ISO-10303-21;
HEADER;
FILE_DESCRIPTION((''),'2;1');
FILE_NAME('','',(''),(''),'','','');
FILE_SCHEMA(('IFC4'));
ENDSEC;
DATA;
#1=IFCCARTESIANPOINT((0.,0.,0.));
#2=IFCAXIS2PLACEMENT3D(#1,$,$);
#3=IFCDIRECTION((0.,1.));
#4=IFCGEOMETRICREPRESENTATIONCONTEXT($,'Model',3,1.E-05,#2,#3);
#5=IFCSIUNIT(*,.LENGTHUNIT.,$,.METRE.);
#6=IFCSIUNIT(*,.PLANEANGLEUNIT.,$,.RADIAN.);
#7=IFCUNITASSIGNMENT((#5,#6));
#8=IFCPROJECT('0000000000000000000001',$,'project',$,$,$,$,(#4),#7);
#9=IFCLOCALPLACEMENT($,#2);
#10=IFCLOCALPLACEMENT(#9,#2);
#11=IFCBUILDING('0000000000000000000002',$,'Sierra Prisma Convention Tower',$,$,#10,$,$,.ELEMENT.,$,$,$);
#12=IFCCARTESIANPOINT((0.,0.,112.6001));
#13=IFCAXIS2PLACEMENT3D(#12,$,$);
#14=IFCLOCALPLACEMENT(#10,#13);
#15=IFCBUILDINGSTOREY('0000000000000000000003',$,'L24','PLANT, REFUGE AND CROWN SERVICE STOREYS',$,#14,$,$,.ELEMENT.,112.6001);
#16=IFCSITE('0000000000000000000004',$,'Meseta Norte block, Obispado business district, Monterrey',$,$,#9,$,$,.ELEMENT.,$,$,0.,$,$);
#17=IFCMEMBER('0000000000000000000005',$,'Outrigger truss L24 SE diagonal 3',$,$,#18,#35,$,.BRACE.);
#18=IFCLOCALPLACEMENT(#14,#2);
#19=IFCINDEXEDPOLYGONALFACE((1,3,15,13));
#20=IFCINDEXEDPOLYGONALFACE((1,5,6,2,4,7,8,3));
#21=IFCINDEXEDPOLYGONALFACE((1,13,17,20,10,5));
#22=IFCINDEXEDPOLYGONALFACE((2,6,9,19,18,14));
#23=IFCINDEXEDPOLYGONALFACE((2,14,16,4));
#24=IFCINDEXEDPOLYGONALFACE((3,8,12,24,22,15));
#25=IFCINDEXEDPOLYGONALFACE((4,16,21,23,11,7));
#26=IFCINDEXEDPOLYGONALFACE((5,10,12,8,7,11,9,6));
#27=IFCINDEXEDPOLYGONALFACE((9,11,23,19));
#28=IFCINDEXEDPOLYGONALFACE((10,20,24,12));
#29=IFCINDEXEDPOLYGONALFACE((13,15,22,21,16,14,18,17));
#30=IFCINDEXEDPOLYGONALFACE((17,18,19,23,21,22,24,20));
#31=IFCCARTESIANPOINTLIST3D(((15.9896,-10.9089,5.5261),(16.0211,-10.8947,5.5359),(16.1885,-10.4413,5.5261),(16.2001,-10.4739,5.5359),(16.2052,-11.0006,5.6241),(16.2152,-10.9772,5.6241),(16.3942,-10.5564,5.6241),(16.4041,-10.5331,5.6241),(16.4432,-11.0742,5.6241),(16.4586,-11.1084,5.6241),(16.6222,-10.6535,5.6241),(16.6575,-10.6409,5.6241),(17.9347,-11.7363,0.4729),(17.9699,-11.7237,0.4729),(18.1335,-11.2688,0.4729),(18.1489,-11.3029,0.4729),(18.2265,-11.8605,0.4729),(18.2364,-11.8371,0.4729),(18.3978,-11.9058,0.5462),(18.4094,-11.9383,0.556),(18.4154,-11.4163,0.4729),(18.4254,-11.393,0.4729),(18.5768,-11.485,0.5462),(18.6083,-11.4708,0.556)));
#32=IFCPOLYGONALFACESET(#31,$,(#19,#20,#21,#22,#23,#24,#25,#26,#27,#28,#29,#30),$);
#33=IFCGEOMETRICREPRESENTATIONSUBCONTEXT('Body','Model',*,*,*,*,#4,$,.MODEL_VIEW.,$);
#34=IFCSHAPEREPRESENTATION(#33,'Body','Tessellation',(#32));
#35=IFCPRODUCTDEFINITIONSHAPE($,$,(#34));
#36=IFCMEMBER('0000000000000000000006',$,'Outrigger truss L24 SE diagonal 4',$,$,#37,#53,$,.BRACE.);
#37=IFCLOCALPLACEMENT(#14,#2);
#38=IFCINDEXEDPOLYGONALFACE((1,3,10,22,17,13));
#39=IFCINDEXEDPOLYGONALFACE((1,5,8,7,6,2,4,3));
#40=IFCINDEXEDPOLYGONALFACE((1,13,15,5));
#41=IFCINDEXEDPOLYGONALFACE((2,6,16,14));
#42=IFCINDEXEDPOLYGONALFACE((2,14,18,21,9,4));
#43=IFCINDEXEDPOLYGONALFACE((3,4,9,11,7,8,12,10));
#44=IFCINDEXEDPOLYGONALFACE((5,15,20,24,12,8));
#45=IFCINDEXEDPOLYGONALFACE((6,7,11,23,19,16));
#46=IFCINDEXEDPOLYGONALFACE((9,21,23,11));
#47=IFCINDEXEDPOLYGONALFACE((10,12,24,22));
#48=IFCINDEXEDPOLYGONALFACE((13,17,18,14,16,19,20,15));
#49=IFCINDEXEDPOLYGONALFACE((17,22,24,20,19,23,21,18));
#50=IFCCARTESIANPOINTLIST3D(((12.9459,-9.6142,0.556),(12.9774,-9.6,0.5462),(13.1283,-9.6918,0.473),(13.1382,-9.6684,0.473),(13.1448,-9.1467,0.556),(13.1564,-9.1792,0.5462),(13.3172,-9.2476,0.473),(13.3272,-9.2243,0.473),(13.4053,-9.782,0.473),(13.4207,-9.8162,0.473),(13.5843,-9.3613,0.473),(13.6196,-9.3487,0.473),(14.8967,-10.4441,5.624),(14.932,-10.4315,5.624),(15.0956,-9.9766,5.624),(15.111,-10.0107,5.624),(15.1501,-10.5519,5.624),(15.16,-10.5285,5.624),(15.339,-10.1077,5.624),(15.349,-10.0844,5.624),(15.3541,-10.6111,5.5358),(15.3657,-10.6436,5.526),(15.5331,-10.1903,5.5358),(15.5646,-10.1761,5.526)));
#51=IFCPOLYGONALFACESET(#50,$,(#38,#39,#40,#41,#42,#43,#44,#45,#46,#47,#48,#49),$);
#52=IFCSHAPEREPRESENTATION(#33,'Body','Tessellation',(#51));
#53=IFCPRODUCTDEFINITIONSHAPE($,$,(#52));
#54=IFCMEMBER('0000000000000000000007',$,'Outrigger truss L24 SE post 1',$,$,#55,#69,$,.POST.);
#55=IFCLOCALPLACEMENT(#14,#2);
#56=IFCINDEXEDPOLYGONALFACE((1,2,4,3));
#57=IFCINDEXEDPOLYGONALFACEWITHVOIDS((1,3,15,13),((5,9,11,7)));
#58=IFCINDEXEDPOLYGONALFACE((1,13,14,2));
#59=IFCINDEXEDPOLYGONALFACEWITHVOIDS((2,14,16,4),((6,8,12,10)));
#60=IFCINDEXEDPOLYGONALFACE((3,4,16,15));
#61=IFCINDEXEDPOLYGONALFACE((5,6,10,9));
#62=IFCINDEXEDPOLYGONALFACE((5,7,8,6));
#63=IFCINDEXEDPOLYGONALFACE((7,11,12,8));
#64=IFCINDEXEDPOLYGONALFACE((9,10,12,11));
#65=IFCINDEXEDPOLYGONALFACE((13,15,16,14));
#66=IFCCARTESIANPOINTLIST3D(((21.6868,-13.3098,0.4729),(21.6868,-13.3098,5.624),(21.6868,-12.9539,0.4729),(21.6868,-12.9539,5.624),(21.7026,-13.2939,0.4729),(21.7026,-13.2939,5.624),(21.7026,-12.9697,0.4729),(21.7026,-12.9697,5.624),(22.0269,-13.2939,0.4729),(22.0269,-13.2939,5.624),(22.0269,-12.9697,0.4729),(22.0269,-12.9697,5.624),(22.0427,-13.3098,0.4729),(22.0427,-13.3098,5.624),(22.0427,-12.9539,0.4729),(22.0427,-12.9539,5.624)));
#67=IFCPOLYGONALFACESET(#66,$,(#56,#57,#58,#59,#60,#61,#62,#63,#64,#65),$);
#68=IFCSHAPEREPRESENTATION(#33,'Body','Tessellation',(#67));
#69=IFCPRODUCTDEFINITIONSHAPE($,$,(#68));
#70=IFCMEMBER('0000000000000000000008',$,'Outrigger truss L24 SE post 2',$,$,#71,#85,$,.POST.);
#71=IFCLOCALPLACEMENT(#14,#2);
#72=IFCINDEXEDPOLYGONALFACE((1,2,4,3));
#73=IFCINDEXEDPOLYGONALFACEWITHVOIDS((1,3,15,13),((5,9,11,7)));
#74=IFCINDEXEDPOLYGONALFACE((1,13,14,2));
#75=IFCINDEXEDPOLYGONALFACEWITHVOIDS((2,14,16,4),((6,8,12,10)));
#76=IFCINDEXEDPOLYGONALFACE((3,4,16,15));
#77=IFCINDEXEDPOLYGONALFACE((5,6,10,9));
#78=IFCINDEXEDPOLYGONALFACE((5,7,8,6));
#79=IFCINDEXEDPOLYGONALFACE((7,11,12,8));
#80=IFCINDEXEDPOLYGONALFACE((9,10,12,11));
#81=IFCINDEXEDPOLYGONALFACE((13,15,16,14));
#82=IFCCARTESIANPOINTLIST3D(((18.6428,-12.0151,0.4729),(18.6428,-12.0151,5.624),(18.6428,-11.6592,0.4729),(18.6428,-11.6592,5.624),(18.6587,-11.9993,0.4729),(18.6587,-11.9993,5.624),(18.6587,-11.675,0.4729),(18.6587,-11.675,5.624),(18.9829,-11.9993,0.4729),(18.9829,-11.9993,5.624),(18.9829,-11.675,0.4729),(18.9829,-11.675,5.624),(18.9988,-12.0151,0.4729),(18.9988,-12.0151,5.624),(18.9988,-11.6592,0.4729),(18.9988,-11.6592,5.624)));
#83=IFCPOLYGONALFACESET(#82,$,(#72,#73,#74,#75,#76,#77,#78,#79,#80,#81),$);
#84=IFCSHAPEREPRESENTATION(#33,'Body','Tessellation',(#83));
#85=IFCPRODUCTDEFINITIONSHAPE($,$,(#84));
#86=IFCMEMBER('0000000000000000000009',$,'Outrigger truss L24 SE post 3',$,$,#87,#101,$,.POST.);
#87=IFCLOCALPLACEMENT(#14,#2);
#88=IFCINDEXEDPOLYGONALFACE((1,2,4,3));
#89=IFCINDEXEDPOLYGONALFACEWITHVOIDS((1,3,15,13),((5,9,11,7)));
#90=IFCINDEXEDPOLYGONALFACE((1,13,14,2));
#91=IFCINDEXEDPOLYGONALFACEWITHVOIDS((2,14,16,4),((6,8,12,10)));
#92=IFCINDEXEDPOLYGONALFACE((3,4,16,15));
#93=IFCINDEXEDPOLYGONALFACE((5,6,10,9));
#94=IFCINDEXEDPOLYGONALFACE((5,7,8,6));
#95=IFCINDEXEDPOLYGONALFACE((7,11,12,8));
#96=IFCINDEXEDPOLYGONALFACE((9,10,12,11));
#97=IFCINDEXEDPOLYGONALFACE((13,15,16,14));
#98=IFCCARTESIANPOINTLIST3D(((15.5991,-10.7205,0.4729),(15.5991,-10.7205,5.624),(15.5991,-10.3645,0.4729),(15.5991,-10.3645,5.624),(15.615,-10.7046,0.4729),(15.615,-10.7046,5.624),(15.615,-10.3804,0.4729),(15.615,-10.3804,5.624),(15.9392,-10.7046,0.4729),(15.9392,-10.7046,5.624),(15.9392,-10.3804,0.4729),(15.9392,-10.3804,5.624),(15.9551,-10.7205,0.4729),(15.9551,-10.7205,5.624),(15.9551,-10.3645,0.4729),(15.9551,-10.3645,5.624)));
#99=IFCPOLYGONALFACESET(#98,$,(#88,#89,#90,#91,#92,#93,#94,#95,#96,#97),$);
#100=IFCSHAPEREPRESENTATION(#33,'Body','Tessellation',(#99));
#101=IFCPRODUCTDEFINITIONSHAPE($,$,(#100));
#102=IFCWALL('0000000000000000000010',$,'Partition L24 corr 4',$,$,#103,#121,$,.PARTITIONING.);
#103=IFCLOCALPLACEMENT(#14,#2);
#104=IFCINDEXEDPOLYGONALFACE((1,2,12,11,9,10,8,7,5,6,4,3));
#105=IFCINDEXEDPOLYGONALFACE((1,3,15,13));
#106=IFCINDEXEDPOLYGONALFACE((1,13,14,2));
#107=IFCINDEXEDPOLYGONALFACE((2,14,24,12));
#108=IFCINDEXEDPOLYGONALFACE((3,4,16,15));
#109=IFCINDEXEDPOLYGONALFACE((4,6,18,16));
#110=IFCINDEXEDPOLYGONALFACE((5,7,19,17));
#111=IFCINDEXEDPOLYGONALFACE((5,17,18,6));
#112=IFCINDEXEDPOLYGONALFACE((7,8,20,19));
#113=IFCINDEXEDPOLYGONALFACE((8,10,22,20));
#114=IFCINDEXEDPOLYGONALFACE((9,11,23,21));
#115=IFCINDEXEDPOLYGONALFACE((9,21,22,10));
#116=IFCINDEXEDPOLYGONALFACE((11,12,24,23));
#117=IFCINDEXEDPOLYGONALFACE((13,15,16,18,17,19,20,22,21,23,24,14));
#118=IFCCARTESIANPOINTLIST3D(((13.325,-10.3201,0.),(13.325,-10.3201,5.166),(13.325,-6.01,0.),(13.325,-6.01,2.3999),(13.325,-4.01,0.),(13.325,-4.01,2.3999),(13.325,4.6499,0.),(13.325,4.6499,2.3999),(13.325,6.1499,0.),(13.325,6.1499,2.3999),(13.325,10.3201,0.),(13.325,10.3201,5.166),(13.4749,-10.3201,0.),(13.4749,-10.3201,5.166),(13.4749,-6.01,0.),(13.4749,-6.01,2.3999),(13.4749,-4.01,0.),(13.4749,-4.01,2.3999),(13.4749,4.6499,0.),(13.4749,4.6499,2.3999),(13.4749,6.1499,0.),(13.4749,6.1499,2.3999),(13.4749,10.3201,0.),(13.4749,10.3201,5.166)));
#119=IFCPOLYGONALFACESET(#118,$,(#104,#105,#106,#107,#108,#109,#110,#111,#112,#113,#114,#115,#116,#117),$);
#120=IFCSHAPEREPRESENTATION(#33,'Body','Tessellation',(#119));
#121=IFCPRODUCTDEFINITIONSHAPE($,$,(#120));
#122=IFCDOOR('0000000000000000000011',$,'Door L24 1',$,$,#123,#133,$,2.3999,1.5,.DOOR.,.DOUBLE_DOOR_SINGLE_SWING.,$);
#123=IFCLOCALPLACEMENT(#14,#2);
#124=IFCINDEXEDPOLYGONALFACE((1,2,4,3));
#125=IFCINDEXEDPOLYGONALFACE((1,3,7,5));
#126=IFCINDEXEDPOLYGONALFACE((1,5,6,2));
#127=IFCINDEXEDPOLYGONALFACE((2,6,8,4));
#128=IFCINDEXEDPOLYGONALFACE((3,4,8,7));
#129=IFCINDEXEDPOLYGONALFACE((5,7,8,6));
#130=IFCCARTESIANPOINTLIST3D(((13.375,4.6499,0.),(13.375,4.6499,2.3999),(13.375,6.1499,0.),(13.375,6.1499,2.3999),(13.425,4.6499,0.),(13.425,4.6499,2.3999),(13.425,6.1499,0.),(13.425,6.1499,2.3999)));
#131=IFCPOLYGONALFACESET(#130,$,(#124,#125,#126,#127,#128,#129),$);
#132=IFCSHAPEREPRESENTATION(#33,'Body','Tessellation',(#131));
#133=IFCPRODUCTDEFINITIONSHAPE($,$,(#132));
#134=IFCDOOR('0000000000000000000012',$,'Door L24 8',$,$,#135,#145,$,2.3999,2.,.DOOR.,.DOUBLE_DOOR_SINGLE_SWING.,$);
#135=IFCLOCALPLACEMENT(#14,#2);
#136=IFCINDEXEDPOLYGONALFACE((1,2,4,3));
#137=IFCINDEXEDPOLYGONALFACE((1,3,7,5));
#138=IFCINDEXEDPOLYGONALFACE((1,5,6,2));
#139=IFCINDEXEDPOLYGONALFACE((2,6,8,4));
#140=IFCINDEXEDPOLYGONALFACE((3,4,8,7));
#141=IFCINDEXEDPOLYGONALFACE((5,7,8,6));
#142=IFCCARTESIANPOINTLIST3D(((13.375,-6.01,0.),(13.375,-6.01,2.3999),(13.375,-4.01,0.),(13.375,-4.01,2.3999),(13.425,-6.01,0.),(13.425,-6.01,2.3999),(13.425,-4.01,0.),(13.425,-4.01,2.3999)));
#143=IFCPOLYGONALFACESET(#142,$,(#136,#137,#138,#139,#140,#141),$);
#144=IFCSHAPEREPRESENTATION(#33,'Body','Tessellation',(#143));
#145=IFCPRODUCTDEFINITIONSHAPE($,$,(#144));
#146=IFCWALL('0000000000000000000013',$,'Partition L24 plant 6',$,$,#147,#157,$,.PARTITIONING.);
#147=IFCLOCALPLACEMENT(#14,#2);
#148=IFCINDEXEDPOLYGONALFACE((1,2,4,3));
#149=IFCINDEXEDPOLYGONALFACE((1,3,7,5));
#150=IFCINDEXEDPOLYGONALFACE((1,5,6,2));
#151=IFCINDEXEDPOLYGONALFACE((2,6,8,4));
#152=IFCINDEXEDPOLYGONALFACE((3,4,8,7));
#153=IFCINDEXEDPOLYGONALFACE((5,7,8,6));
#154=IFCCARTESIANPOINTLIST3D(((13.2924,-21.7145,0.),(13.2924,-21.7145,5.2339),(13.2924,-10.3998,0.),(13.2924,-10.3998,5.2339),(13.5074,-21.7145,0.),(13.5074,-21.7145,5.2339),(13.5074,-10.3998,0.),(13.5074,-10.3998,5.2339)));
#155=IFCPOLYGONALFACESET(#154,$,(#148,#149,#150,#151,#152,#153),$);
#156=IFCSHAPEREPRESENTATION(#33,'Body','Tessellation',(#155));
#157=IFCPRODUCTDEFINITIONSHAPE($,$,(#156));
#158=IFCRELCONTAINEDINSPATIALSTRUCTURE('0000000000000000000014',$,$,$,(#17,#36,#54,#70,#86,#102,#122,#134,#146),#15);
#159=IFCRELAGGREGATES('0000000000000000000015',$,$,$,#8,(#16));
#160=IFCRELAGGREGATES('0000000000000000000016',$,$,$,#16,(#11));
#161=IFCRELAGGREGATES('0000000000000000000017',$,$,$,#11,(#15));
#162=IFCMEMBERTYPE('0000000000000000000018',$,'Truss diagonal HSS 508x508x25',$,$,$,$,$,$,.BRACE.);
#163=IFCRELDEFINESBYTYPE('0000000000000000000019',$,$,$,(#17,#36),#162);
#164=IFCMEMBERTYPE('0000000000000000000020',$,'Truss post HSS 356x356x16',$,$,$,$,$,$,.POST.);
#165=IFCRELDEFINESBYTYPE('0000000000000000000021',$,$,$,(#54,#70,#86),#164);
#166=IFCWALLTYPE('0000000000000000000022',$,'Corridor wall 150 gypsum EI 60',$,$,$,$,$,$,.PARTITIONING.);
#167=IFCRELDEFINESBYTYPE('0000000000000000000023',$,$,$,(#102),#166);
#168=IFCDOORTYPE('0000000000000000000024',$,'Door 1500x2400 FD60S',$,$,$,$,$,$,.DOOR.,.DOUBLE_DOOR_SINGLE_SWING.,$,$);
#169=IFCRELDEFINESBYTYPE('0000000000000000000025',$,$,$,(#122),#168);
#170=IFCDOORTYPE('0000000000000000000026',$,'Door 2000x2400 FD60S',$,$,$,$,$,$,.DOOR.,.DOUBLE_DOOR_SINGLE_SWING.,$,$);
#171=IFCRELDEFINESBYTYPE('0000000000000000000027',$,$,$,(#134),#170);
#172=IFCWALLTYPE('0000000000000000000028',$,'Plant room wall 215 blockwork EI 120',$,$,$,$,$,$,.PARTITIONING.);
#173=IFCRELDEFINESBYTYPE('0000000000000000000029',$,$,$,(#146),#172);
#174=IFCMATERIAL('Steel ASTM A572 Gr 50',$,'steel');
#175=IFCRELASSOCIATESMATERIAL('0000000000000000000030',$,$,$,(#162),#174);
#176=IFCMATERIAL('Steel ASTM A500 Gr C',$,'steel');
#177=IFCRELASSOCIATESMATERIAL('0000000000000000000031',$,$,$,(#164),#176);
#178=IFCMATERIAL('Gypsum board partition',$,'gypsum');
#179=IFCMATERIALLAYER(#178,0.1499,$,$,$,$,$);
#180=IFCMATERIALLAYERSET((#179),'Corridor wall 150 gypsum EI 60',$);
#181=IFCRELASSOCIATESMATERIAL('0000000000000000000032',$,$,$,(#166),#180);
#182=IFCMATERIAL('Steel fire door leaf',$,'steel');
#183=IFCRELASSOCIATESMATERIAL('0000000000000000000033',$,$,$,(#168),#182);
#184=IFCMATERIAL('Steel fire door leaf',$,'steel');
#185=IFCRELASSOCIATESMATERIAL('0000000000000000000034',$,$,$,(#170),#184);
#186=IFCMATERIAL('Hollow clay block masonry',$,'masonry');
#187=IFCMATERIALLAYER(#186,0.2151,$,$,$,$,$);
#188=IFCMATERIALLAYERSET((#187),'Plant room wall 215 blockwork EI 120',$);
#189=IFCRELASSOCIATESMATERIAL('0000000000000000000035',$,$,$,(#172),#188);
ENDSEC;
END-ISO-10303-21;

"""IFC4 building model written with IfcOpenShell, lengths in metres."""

from ifc_helpers import new_model, si_unit, direction, frame, frame_2d, origin, origin_2d, place, context, subcontext, project, spatial, rectangle, hollow_rectangle, extrude, clip, halfspace, material, layer, layer_set, material_profile, profile_set, type_object, element, fill, save


model = new_model("IFC4")

# Units and contexts
model_context = context("Model", 3, precision=1e-05, world=origin(), true_north=direction((0.0, 1.0)))
body_context = subcontext(model_context, "Body", "Model", "MODEL_VIEW")
ifc_project = project(units=[si_unit("LENGTHUNIT", "METRE"), si_unit("PLANEANGLEUNIT", "RADIAN")], contexts=[model_context])

# Site, building, storey
site_placement = place(None, origin())
site = spatial("IfcSite", under=ifc_project, at=site_placement, Name="Meseta Norte block, Obispado business district, Monterrey", CompositionType="ELEMENT", RefElevation=0.0)
building_placement = place(site_placement, origin())
building = spatial("IfcBuilding", under=site, at=building_placement, Name="Sierra Prisma Convention Tower", CompositionType="ELEMENT")
storey_placement = place(building_placement, frame((0.0, 0.0, 112.6001)))
storey = spatial("IfcBuildingStorey", under=building, at=storey_placement, Name="L24", Description="PLANT, REFUGE AND CROWN SERVICE STOREYS", CompositionType="ELEMENT", Elevation=112.6001)

# Members
ifc_material_1 = material(Name="Steel ASTM A572 Gr 50", Category="steel")
ifc_material_profile_1 = material_profile(ifc_material_1, hollow_rectangle(XDim=0.5081, YDim=0.5081, WallThickness=0.0254, at=origin_2d()), Name="Truss diagonal HSS 508x508x25")
ifc_profile_set_1 = profile_set([ifc_material_profile_1], Name="Steel ASTM A572 Gr 50")
member_type_1 = type_object("IfcMemberType", Name="Truss diagonal HSS 508x508x25", PredefinedType="BRACE", material=ifc_profile_set_1)
member_1_placement = place(storey_placement, frame((18.2932, -11.6128, 0.458), z_axis=(-0.355108, 0.151068, 0.922538), x_axis=(-0.391464, -0.920194, 0.0)))
element("IfcMember", 1, at=member_1_placement, inside=storey, type_object=member_type_1, Name="Outrigger truss L24 SE diagonal 3", PredefinedType="BRACE", context=body_context, shape_type="SweptSolid", body=[
    clip(clip(extrude(hollow_rectangle(XDim=0.5081, YDim=0.5081, WallThickness=0.0254, at=origin_2d()), origin(), (0.0, 0.0, 1.0), 5.5999), halfspace(frame((0.0, 0.0059, 0.0137), z_axis=(0.0, 0.385905, 0.922538), x_axis=(1.0, 0.0, 0.0)), True)), halfspace(frame((0.0, 0.0, 5.5999), z_axis=(0.0, -0.385905, -0.922538), x_axis=(1.0, 0.0, 0.0)), True)),
])
member_2_placement = place(storey_placement, frame((15.2495, -10.3181, 5.624), z_axis=(-0.355108, 0.151068, -0.922538), x_axis=(-0.391464, -0.920194, 0.0)))
element("IfcMember", 2, at=member_2_placement, inside=storey, type_object=member_type_1, Name="Outrigger truss L24 SE diagonal 4", PredefinedType="BRACE", context=body_context, shape_type="SweptSolid", body=[
    clip(clip(extrude(hollow_rectangle(XDim=0.5081, YDim=0.5081, WallThickness=0.0254, at=origin_2d()), origin(), (0.0, 0.0, 1.0), 5.5999), halfspace(frame((0.0, 0.0, 0.0), z_axis=(0.0, -0.385905, 0.922538), x_axis=(1.0, 0.0, 0.0)), True)), halfspace(frame((0.0, 0.0059, 5.5859), z_axis=(0.0, 0.385905, -0.922538), x_axis=(1.0, 0.0, 0.0)), True)),
])
ifc_material_2 = material(Name="Steel ASTM A500 Gr C", Category="steel")
ifc_material_profile_2 = material_profile(ifc_material_2, hollow_rectangle(XDim=0.356, YDim=0.356, WallThickness=0.0159, at=origin_2d()), Name="Truss post HSS 356x356x16")
ifc_profile_set_2 = profile_set([ifc_material_profile_2], Name="Steel ASTM A500 Gr C")
member_type_2 = type_object("IfcMemberType", Name="Truss post HSS 356x356x16", PredefinedType="POST", material=ifc_profile_set_2)
for number, where, z_axis, x_axis, name in (
    (3, (21.8647, -13.1318, 0.4729), (0.0, 0.0, 1.0), (1.0, 0.0, 0.0), "Outrigger truss L24 SE post 1"),
    (4, (18.8208, -11.8372, 0.4729), (0.0, 0.0, 1.0), (1.0, 0.0, 0.0), "Outrigger truss L24 SE post 2"),
    (5, (15.7771, -10.5425, 0.4729), (0.0, 0.0, 1.0), (1.0, 0.0, 0.0), "Outrigger truss L24 SE post 3"),
):
    element("IfcMember", number, at=place(storey_placement, frame(where, z_axis=z_axis, x_axis=x_axis)), inside=storey, type_object=member_type_2, Name=name, PredefinedType="POST", context=body_context, shape_type="SweptSolid", body=[
        extrude(hollow_rectangle(XDim=0.356, YDim=0.356, WallThickness=0.0159, at=origin_2d()), origin(), (0.0, 0.0, 1.0), 5.1511),
    ])

# Wall, openings, doors
ifc_material_3 = material(Name="Gypsum board partition", Category="gypsum")
ifc_layer_1 = layer(ifc_material_3, 0.1499)
ifc_layer_set_1 = layer_set([ifc_layer_1], Name="Corridor wall 150 gypsum EI 60")
wall_type_1 = type_object("IfcWallType", Name="Corridor wall 150 gypsum EI 60", PredefinedType="PARTITIONING", material=ifc_layer_set_1)
wall_1_placement = place(storey_placement, frame((13.3999, -10.3201, 0.0), z_axis=(0.0, 0.0, 1.0), x_axis=(0.0, 1.0, 0.0)))
wall_1 = element("IfcWall", 6, at=wall_1_placement, inside=storey, type_object=wall_type_1, Name="Partition L24 corr 4", PredefinedType="PARTITIONING", context=body_context, shape_type="SweptSolid", body=[
    extrude(rectangle(XDim=20.6401, YDim=0.1499, at=frame_2d((10.3201, 0.0))), origin(), (0.0, 0.0, 1.0), 5.166),
])
opening_1_placement = place(wall_1_placement, frame((14.97, 0.0, 0.0)))
opening_1 = element("IfcOpeningElement", 7, at=opening_1_placement, cuts=wall_1, PredefinedType="OPENING", context=body_context, shape_type="SweptSolid", body=[
    extrude(rectangle(XDim=1.5, YDim=2.3999, at=frame_2d((0.75, 1.2))), frame((0.0, 0.075, 0.0), z_axis=(0.0, -1.0, 0.0), x_axis=(1.0, 0.0, 0.0)), (0.0, 0.0, 1.0), 0.1499),
])
opening_2_placement = place(wall_1_placement, frame((4.3101, 0.0, 0.0)))
opening_2 = element("IfcOpeningElement", 8, at=opening_2_placement, cuts=wall_1, PredefinedType="OPENING", context=body_context, shape_type="SweptSolid", body=[
    extrude(rectangle(XDim=2.0, YDim=2.3999, at=frame_2d((1.0, 1.2))), frame((0.0, 0.075, 0.0), z_axis=(0.0, -1.0, 0.0), x_axis=(1.0, 0.0, 0.0)), (0.0, 0.0, 1.0), 0.1499),
])
ifc_material_4 = material(Name="Steel fire door leaf", Category="steel")
door_type_1 = type_object("IfcDoorType", Name="Door 1500x2400 FD60S", OperationType="DOUBLE_DOOR_SINGLE_SWING", PredefinedType="DOOR", material=ifc_material_4)
door_1_placement = place(opening_1_placement, origin())
door_1 = element("IfcDoor", 9, at=door_1_placement, inside=storey, type_object=door_type_1, Name="Door L24 1", OperationType="DOUBLE_DOOR_SINGLE_SWING", OverallHeight=2.3999, OverallWidth=1.5, PredefinedType="DOOR", context=body_context, shape_type="SweptSolid", body=[
    extrude(rectangle(XDim=1.5, YDim=2.3999, at=frame_2d((0.75, 1.2))), frame((0.0, 0.0249, 0.0), z_axis=(0.0, -1.0, 0.0), x_axis=(1.0, 0.0, 0.0)), (0.0, 0.0, 1.0), 0.05),
])
fill(opening_1, door_1)
ifc_material_5 = material(Name="Steel fire door leaf", Category="steel")
door_type_2 = type_object("IfcDoorType", Name="Door 2000x2400 FD60S", OperationType="DOUBLE_DOOR_SINGLE_SWING", PredefinedType="DOOR", material=ifc_material_5)
door_2_placement = place(opening_2_placement, origin())
door_2 = element("IfcDoor", 10, at=door_2_placement, inside=storey, type_object=door_type_2, Name="Door L24 8", OperationType="DOUBLE_DOOR_SINGLE_SWING", OverallHeight=2.3999, OverallWidth=2.0, PredefinedType="DOOR", context=body_context, shape_type="SweptSolid", body=[
    extrude(rectangle(XDim=2.0, YDim=2.3999, at=frame_2d((1.0, 1.2))), frame((0.0, 0.0249, 0.0), z_axis=(0.0, -1.0, 0.0), x_axis=(1.0, 0.0, 0.0)), (0.0, 0.0, 1.0), 0.05),
])
fill(opening_2, door_2)

# Wall
ifc_material_6 = material(Name="Hollow clay block masonry", Category="masonry")
ifc_layer_2 = layer(ifc_material_6, 0.2151)
ifc_layer_set_2 = layer_set([ifc_layer_2], Name="Plant room wall 215 blockwork EI 120")
wall_type_2 = type_object("IfcWallType", Name="Plant room wall 215 blockwork EI 120", PredefinedType="PARTITIONING", material=ifc_layer_set_2)
wall_2_placement = place(storey_placement, frame((13.3999, -10.3999, 0.0), z_axis=(0.0, 0.0, 1.0), x_axis=(0.0, -1.0, 0.0)))
element("IfcWall", 11, at=wall_2_placement, inside=storey, type_object=wall_type_2, Name="Partition L24 plant 6", PredefinedType="PARTITIONING", context=body_context, shape_type="SweptSolid", body=[
    extrude(rectangle(XDim=11.3147, YDim=0.2151, at=frame_2d((5.6572, 0.0))), origin(), (0.0, 0.0, 1.0), 5.2339),
])

save(model, "model.ifc")
